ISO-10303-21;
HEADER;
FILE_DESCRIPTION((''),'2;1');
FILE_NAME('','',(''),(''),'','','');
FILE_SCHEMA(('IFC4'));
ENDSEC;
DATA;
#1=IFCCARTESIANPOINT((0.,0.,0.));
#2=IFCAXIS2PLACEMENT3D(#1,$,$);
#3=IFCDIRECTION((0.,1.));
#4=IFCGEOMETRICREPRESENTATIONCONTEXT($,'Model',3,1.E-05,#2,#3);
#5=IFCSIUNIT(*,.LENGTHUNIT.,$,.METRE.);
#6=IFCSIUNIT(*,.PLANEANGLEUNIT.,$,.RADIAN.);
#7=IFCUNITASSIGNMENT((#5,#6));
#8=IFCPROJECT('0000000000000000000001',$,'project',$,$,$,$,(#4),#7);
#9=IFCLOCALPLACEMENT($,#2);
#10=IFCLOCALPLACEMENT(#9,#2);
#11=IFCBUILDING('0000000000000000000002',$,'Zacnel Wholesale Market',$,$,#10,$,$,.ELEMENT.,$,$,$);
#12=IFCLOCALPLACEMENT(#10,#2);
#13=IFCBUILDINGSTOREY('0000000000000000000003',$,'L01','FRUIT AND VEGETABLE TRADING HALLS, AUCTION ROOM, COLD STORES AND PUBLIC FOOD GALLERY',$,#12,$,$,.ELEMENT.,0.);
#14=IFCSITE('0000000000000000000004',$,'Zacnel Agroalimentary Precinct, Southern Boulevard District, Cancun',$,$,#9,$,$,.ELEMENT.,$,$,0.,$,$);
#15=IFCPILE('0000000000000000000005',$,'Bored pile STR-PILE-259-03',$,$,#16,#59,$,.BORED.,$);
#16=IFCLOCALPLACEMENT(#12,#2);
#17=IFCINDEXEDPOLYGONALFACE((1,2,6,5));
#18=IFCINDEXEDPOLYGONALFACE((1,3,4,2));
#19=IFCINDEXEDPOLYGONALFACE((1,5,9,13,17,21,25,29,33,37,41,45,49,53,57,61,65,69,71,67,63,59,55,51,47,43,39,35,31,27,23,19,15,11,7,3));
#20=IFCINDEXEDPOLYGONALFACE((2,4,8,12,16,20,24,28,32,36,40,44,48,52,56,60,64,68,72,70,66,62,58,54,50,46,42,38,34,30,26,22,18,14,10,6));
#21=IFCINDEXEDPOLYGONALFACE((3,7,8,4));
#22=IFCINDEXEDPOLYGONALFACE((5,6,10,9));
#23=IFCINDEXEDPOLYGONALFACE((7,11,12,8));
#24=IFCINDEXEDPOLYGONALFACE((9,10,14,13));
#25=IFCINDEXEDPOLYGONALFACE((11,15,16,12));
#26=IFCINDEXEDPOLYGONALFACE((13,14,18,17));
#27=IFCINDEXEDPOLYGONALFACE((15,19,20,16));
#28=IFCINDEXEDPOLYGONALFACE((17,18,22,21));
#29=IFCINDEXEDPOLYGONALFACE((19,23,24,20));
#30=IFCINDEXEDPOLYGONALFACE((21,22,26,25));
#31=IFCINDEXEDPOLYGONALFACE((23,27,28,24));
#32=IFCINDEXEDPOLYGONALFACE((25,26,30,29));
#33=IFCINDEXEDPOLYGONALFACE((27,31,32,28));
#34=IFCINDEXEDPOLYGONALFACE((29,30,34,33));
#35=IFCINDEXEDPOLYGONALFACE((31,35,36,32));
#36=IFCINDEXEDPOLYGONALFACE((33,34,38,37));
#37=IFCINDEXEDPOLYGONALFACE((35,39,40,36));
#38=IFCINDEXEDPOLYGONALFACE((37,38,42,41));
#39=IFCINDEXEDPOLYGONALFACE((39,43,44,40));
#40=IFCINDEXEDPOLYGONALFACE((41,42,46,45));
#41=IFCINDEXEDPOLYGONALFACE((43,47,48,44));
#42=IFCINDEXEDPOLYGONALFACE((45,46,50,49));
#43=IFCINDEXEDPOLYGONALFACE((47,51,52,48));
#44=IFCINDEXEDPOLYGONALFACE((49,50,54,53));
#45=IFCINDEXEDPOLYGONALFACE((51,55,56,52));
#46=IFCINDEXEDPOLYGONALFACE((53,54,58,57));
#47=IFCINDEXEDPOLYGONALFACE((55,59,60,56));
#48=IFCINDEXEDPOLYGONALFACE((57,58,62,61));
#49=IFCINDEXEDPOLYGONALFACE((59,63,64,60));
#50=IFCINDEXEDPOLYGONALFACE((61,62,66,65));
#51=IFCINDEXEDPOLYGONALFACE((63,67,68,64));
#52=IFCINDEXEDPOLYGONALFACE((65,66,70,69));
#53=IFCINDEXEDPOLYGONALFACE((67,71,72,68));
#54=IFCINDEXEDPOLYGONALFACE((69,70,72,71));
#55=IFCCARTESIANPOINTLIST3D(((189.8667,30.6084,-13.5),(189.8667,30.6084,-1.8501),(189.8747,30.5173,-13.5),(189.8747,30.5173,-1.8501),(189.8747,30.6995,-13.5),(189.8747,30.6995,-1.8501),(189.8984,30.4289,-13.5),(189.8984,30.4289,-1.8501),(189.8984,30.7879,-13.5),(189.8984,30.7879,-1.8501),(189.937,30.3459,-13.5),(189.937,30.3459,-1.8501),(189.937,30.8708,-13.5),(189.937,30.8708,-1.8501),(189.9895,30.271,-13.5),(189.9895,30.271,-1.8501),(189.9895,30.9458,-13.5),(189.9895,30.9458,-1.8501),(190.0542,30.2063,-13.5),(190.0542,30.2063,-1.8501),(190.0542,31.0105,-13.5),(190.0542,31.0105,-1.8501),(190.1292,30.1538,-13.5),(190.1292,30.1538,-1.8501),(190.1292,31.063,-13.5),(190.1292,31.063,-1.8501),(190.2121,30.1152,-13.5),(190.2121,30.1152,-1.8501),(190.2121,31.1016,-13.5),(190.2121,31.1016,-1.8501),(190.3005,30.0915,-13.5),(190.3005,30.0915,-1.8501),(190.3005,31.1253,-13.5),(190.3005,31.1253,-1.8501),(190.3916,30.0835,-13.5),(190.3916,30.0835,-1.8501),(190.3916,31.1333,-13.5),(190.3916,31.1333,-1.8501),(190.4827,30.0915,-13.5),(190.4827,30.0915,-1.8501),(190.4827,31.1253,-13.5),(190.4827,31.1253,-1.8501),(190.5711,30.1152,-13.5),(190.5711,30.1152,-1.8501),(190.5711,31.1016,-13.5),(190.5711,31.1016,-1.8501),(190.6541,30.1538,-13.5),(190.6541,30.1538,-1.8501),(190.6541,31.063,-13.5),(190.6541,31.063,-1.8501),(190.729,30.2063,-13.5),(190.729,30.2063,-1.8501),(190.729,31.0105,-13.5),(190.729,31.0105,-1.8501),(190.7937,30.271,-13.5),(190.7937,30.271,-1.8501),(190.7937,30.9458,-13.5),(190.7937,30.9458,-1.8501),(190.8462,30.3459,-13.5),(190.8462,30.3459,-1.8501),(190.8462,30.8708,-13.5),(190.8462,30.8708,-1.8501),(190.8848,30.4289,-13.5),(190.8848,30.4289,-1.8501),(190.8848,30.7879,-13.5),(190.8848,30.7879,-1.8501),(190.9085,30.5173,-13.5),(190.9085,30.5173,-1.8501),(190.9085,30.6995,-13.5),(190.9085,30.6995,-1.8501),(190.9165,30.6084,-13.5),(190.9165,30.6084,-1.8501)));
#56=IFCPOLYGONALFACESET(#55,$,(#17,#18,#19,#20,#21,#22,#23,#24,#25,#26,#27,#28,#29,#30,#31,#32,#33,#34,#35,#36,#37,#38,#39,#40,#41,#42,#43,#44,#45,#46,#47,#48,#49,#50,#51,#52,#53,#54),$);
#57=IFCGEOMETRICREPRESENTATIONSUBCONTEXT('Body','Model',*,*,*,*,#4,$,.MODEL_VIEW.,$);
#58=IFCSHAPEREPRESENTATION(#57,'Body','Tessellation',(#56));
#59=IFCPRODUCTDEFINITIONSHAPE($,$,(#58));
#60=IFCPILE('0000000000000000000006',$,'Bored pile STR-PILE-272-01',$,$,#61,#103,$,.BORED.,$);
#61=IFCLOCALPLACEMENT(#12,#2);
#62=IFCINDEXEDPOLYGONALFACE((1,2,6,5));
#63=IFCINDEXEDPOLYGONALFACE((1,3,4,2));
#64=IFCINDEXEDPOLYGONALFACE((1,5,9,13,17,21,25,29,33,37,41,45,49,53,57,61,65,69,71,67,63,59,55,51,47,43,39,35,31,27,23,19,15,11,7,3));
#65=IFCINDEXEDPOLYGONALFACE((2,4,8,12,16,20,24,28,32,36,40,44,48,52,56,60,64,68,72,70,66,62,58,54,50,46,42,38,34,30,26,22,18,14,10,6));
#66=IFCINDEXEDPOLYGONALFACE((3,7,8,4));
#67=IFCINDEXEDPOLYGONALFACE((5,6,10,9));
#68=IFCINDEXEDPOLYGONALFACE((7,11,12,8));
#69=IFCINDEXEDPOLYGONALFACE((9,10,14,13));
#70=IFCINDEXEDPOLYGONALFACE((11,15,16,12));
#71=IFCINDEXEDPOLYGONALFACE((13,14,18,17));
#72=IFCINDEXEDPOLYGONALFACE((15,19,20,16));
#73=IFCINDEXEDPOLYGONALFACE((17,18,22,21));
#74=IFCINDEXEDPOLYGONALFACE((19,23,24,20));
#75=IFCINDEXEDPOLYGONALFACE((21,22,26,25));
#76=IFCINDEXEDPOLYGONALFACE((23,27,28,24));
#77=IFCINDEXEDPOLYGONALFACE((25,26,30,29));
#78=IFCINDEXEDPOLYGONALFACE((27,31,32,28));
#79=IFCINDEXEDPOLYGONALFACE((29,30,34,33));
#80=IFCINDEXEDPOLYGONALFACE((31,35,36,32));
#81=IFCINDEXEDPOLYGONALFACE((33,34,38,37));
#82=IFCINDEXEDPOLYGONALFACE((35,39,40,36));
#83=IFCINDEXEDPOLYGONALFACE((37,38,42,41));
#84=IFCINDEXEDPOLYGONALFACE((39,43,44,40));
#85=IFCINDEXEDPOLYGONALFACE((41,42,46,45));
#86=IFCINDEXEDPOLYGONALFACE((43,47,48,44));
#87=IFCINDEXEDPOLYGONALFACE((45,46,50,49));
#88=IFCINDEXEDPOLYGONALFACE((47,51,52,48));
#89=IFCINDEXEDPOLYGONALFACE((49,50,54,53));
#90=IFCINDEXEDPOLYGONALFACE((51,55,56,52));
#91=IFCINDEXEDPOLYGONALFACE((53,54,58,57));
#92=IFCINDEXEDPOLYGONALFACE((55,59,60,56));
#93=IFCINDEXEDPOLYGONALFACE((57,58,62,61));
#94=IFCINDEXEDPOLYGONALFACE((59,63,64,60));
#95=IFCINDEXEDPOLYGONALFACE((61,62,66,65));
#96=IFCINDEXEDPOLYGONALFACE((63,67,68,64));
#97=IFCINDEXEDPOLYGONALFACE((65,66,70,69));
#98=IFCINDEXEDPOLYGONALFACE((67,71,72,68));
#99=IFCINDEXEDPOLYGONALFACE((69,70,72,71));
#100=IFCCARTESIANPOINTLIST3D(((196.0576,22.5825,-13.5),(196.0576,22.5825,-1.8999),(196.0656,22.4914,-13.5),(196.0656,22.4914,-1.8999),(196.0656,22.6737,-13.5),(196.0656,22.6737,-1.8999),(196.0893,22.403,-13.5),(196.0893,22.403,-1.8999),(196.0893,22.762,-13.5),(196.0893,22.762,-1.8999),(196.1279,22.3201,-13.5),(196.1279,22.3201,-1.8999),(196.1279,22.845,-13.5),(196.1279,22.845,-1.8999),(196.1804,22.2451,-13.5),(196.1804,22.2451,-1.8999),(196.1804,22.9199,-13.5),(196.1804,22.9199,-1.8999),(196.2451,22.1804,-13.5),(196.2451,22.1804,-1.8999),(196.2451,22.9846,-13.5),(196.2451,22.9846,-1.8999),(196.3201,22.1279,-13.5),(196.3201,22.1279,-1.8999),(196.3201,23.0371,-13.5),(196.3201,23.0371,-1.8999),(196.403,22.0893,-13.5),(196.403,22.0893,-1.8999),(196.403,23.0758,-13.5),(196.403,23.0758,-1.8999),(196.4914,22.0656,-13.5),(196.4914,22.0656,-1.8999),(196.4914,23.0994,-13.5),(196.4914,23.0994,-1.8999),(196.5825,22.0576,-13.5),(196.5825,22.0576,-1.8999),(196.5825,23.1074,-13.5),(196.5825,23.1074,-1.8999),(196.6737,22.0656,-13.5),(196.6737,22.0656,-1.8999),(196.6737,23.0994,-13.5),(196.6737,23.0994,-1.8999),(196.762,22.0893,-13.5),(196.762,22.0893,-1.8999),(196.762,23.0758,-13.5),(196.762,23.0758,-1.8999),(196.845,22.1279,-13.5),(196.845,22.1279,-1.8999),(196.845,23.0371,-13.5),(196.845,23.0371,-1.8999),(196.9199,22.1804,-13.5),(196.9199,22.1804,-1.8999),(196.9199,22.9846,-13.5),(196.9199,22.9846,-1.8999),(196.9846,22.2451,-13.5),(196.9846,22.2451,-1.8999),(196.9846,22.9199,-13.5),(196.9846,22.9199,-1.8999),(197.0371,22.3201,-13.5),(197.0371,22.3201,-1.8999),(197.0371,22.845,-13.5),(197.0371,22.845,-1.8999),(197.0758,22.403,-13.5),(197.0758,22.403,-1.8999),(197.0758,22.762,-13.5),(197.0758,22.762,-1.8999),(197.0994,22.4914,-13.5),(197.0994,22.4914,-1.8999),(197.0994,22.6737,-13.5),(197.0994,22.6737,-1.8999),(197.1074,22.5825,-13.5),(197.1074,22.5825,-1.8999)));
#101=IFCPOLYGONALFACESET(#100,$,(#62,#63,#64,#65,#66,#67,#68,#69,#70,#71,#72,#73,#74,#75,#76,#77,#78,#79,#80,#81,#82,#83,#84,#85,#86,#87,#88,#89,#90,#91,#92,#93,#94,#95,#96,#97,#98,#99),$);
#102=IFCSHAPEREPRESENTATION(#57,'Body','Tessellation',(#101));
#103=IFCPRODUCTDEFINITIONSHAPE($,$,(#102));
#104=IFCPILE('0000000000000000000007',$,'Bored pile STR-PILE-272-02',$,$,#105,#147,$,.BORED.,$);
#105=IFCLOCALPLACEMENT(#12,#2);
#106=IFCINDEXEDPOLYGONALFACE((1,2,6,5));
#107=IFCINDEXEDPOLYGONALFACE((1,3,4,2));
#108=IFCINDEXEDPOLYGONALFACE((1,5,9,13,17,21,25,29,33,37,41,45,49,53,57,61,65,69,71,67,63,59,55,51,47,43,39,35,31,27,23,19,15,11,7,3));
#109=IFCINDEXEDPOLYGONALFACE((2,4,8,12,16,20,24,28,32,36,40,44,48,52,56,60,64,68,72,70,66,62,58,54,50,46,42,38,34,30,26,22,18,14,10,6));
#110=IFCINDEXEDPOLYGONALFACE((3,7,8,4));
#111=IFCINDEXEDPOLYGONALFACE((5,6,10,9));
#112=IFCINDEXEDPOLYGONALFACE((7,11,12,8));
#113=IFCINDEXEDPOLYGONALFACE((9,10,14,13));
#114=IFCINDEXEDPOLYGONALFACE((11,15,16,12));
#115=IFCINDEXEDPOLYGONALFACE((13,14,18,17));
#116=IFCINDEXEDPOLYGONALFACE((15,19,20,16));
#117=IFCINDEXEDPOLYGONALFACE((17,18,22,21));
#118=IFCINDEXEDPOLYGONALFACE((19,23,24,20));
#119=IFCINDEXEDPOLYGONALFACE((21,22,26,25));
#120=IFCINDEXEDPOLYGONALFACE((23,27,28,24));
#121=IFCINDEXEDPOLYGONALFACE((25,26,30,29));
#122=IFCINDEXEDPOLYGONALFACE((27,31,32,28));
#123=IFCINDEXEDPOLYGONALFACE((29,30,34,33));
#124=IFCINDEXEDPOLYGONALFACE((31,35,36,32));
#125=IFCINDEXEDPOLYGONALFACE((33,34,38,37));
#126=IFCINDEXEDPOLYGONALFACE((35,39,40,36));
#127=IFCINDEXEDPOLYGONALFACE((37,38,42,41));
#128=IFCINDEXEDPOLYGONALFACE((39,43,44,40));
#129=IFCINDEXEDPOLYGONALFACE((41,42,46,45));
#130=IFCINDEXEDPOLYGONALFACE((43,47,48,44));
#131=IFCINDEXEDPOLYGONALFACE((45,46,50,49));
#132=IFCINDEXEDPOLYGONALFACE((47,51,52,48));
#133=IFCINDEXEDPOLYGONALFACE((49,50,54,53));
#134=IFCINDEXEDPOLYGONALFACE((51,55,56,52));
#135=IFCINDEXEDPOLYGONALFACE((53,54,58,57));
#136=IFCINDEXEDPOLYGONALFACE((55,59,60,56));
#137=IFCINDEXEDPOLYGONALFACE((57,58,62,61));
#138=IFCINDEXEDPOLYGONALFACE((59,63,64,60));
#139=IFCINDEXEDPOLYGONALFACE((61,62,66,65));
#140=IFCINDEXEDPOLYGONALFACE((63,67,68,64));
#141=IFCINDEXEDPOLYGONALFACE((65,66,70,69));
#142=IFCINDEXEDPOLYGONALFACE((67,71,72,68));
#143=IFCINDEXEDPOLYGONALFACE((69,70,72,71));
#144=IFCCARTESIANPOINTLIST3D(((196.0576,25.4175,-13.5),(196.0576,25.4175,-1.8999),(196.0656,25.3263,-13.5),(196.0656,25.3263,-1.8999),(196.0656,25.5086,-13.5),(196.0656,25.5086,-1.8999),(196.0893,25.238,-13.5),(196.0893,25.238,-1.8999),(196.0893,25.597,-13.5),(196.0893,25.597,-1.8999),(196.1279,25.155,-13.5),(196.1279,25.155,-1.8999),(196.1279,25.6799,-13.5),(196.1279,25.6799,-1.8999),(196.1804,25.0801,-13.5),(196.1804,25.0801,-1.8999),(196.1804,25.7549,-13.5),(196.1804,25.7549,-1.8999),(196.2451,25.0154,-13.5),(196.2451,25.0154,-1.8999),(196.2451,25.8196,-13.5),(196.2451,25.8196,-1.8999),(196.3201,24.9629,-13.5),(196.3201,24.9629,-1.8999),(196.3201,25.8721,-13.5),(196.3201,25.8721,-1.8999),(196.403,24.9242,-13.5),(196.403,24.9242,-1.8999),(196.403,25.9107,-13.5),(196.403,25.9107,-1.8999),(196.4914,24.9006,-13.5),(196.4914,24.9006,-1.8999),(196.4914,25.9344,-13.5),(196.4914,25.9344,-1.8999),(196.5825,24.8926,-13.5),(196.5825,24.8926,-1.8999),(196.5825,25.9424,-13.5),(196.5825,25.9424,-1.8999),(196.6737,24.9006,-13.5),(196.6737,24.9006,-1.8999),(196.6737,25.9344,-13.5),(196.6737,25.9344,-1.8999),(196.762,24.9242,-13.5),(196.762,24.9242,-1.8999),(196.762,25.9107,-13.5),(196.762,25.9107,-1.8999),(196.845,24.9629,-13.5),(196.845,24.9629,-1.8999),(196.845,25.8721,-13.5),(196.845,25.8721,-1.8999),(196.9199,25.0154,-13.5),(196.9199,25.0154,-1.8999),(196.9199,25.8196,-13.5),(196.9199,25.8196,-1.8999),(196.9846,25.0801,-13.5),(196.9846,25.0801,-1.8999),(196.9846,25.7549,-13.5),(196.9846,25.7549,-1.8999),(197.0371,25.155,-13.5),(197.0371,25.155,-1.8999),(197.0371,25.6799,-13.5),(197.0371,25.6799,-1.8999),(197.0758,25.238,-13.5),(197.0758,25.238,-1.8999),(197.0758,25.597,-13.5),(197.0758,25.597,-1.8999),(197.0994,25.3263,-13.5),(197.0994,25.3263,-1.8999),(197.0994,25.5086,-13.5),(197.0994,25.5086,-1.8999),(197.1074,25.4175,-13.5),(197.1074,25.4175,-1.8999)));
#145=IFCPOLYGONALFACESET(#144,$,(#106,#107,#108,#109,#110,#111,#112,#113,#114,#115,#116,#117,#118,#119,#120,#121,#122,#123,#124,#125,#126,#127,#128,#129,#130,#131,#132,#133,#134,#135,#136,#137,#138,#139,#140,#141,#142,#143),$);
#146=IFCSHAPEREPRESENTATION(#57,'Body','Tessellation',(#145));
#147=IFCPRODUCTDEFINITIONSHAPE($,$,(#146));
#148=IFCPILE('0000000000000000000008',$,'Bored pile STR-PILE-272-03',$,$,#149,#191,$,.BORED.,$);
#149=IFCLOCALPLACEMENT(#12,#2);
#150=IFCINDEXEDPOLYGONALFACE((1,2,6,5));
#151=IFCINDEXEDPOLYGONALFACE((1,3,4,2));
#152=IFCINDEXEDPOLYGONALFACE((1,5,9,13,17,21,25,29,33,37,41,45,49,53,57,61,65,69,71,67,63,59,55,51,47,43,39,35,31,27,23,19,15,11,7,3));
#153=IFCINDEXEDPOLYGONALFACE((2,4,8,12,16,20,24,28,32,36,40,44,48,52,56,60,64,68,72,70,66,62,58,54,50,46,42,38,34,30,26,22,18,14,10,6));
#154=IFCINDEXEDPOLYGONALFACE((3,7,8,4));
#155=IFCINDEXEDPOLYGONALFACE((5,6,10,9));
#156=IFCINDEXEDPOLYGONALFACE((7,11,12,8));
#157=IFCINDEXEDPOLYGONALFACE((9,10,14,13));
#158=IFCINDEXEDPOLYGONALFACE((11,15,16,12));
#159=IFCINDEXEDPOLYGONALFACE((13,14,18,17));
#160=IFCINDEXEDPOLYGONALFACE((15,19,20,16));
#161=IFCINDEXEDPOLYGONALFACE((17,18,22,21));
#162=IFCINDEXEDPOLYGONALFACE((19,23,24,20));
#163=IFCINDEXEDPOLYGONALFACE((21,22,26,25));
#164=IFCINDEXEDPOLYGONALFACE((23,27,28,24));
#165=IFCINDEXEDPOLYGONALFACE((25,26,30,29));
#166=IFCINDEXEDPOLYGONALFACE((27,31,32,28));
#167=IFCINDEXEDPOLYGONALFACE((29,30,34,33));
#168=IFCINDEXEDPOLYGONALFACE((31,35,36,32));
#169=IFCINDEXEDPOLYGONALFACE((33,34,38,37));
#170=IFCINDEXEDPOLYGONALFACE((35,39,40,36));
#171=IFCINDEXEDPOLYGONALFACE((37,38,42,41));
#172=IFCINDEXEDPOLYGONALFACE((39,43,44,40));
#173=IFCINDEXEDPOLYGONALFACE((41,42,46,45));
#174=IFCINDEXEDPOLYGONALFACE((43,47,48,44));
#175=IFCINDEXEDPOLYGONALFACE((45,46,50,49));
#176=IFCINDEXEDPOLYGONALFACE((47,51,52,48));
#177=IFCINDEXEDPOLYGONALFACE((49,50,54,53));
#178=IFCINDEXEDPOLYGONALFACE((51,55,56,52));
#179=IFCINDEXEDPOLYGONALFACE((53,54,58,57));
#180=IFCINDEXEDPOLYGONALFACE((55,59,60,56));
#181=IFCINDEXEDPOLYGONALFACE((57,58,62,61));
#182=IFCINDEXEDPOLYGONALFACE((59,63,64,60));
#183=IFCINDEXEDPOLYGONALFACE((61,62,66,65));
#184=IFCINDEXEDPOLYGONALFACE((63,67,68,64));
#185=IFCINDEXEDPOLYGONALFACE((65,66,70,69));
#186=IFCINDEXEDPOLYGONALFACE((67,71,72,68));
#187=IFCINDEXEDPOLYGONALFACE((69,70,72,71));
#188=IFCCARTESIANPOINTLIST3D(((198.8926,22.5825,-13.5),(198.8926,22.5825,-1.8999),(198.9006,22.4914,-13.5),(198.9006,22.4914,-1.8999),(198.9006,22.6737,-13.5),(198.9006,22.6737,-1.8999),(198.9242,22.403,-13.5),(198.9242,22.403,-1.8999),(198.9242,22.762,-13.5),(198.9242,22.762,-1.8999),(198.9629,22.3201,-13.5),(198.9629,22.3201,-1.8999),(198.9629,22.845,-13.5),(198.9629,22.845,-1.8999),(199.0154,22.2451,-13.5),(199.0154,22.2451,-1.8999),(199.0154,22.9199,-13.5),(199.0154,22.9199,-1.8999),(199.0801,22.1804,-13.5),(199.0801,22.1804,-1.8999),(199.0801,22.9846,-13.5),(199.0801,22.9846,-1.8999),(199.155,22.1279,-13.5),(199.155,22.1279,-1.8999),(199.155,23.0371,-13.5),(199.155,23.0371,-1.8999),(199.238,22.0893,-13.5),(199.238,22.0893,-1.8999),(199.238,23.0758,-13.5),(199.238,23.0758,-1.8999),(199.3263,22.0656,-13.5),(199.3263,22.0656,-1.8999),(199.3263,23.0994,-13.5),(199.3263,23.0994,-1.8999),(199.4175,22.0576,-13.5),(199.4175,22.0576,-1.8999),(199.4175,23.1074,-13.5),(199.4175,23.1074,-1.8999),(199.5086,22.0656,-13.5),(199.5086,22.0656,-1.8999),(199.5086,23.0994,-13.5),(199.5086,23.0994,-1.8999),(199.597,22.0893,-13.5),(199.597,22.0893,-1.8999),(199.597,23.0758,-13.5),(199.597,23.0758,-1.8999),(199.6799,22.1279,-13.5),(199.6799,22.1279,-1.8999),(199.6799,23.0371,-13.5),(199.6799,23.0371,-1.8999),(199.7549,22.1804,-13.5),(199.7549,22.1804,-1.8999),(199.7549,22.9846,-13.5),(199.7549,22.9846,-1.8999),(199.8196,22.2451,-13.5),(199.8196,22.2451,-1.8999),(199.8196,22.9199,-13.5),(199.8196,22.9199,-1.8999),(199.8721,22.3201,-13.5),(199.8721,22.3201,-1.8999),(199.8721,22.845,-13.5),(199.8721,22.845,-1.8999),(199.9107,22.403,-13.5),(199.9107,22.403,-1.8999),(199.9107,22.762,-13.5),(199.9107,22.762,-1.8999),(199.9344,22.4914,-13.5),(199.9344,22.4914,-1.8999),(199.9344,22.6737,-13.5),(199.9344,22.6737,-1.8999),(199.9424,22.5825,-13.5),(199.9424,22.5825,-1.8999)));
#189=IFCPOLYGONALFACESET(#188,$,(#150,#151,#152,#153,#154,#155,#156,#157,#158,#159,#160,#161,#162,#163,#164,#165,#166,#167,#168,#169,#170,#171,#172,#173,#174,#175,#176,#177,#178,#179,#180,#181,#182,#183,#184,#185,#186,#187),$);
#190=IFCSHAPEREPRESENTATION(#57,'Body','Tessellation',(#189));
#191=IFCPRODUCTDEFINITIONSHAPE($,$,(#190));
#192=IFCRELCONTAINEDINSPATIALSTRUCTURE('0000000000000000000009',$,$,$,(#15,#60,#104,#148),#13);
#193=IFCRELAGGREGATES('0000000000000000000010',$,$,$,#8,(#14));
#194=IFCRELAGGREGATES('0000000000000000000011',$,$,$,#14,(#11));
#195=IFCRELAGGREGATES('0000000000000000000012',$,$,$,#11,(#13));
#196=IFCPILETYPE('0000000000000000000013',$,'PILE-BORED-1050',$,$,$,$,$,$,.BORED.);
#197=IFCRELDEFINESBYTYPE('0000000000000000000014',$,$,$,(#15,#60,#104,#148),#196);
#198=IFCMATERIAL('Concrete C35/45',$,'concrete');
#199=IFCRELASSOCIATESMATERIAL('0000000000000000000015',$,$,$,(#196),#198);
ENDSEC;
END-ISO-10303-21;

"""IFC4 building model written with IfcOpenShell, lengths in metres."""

from ifc_helpers import new_model, si_unit, direction, frame, origin, origin_2d, place, context, subcontext, project, spatial, circle, extrude, material, material_profile, profile_set, type_object, element, save


model = new_model("IFC4")

# Units and contexts
model_context = context("Model", 3, precision=1e-05, world=origin(), true_north=direction((0.0, 1.0)))
body_context = subcontext(model_context, "Body", "Model", "MODEL_VIEW")
ifc_project = project(units=[si_unit("LENGTHUNIT", "METRE"), si_unit("PLANEANGLEUNIT", "RADIAN")], contexts=[model_context])

# Site, building, storey
site_placement = place(None, origin())
site = spatial("IfcSite", under=ifc_project, at=site_placement, Name="Zacnel Agroalimentary Precinct, Southern Boulevard District, Cancun", CompositionType="ELEMENT", RefElevation=0.0)
building_placement = place(site_placement, origin())
building = spatial("IfcBuilding", under=site, at=building_placement, Name="Zacnel Wholesale Market", CompositionType="ELEMENT")
storey_placement = place(building_placement, origin())
storey = spatial("IfcBuildingStorey", under=building, at=storey_placement, Name="L01", Description="FRUIT AND VEGETABLE TRADING HALLS, AUCTION ROOM, COLD STORES AND PUBLIC FOOD GALLERY", CompositionType="ELEMENT", Elevation=0.0)

# Piles
ifc_material_1 = material(Name="Concrete C35/45", Category="concrete")
ifc_material_profile_1 = material_profile(ifc_material_1, circle(Radius=0.5249, at=origin_2d()), Name="BORED PILE D1050")
ifc_profile_set_1 = profile_set([ifc_material_profile_1], Name="Concrete C35/45")
pile_type = type_object("IfcPileType", Name="PILE-BORED-1050", PredefinedType="BORED", material=ifc_profile_set_1)
pile_1_placement = place(storey_placement, frame((190.3916, 30.6084, -1.8501), z_axis=(0.0, 0.0, -1.0), x_axis=(1.0, 0.0, 0.0)))
element("IfcPile", 1, at=pile_1_placement, inside=storey, type_object=pile_type, Name="Bored pile STR-PILE-259-03", PredefinedType="BORED", context=body_context, shape_type="SweptSolid", body=[
    extrude(circle(Radius=0.5249, at=origin_2d()), origin(), (0.0, 0.0, 1.0), 11.6499),
])
for number, where, z_axis, x_axis, name in (
    (2, (196.5825, 22.5825, -1.8999), (0.0, 0.0, -1.0), (1.0, 0.0, 0.0), "Bored pile STR-PILE-272-01"),
    (3, (196.5825, 25.4175, -1.8999), (0.0, 0.0, -1.0), (1.0, 0.0, 0.0), "Bored pile STR-PILE-272-02"),
    (4, (199.4175, 22.5825, -1.8999), (0.0, 0.0, -1.0), (1.0, 0.0, 0.0), "Bored pile STR-PILE-272-03"),
):
    element("IfcPile", number, at=place(storey_placement, frame(where, z_axis=z_axis, x_axis=x_axis)), inside=storey, type_object=pile_type, Name=name, PredefinedType="BORED", context=body_context, shape_type="SweptSolid", body=[
        extrude(circle(Radius=0.5249, at=origin_2d()), origin(), (0.0, 0.0, 1.0), 11.6001),
    ])

save(model, "model.ifc")
